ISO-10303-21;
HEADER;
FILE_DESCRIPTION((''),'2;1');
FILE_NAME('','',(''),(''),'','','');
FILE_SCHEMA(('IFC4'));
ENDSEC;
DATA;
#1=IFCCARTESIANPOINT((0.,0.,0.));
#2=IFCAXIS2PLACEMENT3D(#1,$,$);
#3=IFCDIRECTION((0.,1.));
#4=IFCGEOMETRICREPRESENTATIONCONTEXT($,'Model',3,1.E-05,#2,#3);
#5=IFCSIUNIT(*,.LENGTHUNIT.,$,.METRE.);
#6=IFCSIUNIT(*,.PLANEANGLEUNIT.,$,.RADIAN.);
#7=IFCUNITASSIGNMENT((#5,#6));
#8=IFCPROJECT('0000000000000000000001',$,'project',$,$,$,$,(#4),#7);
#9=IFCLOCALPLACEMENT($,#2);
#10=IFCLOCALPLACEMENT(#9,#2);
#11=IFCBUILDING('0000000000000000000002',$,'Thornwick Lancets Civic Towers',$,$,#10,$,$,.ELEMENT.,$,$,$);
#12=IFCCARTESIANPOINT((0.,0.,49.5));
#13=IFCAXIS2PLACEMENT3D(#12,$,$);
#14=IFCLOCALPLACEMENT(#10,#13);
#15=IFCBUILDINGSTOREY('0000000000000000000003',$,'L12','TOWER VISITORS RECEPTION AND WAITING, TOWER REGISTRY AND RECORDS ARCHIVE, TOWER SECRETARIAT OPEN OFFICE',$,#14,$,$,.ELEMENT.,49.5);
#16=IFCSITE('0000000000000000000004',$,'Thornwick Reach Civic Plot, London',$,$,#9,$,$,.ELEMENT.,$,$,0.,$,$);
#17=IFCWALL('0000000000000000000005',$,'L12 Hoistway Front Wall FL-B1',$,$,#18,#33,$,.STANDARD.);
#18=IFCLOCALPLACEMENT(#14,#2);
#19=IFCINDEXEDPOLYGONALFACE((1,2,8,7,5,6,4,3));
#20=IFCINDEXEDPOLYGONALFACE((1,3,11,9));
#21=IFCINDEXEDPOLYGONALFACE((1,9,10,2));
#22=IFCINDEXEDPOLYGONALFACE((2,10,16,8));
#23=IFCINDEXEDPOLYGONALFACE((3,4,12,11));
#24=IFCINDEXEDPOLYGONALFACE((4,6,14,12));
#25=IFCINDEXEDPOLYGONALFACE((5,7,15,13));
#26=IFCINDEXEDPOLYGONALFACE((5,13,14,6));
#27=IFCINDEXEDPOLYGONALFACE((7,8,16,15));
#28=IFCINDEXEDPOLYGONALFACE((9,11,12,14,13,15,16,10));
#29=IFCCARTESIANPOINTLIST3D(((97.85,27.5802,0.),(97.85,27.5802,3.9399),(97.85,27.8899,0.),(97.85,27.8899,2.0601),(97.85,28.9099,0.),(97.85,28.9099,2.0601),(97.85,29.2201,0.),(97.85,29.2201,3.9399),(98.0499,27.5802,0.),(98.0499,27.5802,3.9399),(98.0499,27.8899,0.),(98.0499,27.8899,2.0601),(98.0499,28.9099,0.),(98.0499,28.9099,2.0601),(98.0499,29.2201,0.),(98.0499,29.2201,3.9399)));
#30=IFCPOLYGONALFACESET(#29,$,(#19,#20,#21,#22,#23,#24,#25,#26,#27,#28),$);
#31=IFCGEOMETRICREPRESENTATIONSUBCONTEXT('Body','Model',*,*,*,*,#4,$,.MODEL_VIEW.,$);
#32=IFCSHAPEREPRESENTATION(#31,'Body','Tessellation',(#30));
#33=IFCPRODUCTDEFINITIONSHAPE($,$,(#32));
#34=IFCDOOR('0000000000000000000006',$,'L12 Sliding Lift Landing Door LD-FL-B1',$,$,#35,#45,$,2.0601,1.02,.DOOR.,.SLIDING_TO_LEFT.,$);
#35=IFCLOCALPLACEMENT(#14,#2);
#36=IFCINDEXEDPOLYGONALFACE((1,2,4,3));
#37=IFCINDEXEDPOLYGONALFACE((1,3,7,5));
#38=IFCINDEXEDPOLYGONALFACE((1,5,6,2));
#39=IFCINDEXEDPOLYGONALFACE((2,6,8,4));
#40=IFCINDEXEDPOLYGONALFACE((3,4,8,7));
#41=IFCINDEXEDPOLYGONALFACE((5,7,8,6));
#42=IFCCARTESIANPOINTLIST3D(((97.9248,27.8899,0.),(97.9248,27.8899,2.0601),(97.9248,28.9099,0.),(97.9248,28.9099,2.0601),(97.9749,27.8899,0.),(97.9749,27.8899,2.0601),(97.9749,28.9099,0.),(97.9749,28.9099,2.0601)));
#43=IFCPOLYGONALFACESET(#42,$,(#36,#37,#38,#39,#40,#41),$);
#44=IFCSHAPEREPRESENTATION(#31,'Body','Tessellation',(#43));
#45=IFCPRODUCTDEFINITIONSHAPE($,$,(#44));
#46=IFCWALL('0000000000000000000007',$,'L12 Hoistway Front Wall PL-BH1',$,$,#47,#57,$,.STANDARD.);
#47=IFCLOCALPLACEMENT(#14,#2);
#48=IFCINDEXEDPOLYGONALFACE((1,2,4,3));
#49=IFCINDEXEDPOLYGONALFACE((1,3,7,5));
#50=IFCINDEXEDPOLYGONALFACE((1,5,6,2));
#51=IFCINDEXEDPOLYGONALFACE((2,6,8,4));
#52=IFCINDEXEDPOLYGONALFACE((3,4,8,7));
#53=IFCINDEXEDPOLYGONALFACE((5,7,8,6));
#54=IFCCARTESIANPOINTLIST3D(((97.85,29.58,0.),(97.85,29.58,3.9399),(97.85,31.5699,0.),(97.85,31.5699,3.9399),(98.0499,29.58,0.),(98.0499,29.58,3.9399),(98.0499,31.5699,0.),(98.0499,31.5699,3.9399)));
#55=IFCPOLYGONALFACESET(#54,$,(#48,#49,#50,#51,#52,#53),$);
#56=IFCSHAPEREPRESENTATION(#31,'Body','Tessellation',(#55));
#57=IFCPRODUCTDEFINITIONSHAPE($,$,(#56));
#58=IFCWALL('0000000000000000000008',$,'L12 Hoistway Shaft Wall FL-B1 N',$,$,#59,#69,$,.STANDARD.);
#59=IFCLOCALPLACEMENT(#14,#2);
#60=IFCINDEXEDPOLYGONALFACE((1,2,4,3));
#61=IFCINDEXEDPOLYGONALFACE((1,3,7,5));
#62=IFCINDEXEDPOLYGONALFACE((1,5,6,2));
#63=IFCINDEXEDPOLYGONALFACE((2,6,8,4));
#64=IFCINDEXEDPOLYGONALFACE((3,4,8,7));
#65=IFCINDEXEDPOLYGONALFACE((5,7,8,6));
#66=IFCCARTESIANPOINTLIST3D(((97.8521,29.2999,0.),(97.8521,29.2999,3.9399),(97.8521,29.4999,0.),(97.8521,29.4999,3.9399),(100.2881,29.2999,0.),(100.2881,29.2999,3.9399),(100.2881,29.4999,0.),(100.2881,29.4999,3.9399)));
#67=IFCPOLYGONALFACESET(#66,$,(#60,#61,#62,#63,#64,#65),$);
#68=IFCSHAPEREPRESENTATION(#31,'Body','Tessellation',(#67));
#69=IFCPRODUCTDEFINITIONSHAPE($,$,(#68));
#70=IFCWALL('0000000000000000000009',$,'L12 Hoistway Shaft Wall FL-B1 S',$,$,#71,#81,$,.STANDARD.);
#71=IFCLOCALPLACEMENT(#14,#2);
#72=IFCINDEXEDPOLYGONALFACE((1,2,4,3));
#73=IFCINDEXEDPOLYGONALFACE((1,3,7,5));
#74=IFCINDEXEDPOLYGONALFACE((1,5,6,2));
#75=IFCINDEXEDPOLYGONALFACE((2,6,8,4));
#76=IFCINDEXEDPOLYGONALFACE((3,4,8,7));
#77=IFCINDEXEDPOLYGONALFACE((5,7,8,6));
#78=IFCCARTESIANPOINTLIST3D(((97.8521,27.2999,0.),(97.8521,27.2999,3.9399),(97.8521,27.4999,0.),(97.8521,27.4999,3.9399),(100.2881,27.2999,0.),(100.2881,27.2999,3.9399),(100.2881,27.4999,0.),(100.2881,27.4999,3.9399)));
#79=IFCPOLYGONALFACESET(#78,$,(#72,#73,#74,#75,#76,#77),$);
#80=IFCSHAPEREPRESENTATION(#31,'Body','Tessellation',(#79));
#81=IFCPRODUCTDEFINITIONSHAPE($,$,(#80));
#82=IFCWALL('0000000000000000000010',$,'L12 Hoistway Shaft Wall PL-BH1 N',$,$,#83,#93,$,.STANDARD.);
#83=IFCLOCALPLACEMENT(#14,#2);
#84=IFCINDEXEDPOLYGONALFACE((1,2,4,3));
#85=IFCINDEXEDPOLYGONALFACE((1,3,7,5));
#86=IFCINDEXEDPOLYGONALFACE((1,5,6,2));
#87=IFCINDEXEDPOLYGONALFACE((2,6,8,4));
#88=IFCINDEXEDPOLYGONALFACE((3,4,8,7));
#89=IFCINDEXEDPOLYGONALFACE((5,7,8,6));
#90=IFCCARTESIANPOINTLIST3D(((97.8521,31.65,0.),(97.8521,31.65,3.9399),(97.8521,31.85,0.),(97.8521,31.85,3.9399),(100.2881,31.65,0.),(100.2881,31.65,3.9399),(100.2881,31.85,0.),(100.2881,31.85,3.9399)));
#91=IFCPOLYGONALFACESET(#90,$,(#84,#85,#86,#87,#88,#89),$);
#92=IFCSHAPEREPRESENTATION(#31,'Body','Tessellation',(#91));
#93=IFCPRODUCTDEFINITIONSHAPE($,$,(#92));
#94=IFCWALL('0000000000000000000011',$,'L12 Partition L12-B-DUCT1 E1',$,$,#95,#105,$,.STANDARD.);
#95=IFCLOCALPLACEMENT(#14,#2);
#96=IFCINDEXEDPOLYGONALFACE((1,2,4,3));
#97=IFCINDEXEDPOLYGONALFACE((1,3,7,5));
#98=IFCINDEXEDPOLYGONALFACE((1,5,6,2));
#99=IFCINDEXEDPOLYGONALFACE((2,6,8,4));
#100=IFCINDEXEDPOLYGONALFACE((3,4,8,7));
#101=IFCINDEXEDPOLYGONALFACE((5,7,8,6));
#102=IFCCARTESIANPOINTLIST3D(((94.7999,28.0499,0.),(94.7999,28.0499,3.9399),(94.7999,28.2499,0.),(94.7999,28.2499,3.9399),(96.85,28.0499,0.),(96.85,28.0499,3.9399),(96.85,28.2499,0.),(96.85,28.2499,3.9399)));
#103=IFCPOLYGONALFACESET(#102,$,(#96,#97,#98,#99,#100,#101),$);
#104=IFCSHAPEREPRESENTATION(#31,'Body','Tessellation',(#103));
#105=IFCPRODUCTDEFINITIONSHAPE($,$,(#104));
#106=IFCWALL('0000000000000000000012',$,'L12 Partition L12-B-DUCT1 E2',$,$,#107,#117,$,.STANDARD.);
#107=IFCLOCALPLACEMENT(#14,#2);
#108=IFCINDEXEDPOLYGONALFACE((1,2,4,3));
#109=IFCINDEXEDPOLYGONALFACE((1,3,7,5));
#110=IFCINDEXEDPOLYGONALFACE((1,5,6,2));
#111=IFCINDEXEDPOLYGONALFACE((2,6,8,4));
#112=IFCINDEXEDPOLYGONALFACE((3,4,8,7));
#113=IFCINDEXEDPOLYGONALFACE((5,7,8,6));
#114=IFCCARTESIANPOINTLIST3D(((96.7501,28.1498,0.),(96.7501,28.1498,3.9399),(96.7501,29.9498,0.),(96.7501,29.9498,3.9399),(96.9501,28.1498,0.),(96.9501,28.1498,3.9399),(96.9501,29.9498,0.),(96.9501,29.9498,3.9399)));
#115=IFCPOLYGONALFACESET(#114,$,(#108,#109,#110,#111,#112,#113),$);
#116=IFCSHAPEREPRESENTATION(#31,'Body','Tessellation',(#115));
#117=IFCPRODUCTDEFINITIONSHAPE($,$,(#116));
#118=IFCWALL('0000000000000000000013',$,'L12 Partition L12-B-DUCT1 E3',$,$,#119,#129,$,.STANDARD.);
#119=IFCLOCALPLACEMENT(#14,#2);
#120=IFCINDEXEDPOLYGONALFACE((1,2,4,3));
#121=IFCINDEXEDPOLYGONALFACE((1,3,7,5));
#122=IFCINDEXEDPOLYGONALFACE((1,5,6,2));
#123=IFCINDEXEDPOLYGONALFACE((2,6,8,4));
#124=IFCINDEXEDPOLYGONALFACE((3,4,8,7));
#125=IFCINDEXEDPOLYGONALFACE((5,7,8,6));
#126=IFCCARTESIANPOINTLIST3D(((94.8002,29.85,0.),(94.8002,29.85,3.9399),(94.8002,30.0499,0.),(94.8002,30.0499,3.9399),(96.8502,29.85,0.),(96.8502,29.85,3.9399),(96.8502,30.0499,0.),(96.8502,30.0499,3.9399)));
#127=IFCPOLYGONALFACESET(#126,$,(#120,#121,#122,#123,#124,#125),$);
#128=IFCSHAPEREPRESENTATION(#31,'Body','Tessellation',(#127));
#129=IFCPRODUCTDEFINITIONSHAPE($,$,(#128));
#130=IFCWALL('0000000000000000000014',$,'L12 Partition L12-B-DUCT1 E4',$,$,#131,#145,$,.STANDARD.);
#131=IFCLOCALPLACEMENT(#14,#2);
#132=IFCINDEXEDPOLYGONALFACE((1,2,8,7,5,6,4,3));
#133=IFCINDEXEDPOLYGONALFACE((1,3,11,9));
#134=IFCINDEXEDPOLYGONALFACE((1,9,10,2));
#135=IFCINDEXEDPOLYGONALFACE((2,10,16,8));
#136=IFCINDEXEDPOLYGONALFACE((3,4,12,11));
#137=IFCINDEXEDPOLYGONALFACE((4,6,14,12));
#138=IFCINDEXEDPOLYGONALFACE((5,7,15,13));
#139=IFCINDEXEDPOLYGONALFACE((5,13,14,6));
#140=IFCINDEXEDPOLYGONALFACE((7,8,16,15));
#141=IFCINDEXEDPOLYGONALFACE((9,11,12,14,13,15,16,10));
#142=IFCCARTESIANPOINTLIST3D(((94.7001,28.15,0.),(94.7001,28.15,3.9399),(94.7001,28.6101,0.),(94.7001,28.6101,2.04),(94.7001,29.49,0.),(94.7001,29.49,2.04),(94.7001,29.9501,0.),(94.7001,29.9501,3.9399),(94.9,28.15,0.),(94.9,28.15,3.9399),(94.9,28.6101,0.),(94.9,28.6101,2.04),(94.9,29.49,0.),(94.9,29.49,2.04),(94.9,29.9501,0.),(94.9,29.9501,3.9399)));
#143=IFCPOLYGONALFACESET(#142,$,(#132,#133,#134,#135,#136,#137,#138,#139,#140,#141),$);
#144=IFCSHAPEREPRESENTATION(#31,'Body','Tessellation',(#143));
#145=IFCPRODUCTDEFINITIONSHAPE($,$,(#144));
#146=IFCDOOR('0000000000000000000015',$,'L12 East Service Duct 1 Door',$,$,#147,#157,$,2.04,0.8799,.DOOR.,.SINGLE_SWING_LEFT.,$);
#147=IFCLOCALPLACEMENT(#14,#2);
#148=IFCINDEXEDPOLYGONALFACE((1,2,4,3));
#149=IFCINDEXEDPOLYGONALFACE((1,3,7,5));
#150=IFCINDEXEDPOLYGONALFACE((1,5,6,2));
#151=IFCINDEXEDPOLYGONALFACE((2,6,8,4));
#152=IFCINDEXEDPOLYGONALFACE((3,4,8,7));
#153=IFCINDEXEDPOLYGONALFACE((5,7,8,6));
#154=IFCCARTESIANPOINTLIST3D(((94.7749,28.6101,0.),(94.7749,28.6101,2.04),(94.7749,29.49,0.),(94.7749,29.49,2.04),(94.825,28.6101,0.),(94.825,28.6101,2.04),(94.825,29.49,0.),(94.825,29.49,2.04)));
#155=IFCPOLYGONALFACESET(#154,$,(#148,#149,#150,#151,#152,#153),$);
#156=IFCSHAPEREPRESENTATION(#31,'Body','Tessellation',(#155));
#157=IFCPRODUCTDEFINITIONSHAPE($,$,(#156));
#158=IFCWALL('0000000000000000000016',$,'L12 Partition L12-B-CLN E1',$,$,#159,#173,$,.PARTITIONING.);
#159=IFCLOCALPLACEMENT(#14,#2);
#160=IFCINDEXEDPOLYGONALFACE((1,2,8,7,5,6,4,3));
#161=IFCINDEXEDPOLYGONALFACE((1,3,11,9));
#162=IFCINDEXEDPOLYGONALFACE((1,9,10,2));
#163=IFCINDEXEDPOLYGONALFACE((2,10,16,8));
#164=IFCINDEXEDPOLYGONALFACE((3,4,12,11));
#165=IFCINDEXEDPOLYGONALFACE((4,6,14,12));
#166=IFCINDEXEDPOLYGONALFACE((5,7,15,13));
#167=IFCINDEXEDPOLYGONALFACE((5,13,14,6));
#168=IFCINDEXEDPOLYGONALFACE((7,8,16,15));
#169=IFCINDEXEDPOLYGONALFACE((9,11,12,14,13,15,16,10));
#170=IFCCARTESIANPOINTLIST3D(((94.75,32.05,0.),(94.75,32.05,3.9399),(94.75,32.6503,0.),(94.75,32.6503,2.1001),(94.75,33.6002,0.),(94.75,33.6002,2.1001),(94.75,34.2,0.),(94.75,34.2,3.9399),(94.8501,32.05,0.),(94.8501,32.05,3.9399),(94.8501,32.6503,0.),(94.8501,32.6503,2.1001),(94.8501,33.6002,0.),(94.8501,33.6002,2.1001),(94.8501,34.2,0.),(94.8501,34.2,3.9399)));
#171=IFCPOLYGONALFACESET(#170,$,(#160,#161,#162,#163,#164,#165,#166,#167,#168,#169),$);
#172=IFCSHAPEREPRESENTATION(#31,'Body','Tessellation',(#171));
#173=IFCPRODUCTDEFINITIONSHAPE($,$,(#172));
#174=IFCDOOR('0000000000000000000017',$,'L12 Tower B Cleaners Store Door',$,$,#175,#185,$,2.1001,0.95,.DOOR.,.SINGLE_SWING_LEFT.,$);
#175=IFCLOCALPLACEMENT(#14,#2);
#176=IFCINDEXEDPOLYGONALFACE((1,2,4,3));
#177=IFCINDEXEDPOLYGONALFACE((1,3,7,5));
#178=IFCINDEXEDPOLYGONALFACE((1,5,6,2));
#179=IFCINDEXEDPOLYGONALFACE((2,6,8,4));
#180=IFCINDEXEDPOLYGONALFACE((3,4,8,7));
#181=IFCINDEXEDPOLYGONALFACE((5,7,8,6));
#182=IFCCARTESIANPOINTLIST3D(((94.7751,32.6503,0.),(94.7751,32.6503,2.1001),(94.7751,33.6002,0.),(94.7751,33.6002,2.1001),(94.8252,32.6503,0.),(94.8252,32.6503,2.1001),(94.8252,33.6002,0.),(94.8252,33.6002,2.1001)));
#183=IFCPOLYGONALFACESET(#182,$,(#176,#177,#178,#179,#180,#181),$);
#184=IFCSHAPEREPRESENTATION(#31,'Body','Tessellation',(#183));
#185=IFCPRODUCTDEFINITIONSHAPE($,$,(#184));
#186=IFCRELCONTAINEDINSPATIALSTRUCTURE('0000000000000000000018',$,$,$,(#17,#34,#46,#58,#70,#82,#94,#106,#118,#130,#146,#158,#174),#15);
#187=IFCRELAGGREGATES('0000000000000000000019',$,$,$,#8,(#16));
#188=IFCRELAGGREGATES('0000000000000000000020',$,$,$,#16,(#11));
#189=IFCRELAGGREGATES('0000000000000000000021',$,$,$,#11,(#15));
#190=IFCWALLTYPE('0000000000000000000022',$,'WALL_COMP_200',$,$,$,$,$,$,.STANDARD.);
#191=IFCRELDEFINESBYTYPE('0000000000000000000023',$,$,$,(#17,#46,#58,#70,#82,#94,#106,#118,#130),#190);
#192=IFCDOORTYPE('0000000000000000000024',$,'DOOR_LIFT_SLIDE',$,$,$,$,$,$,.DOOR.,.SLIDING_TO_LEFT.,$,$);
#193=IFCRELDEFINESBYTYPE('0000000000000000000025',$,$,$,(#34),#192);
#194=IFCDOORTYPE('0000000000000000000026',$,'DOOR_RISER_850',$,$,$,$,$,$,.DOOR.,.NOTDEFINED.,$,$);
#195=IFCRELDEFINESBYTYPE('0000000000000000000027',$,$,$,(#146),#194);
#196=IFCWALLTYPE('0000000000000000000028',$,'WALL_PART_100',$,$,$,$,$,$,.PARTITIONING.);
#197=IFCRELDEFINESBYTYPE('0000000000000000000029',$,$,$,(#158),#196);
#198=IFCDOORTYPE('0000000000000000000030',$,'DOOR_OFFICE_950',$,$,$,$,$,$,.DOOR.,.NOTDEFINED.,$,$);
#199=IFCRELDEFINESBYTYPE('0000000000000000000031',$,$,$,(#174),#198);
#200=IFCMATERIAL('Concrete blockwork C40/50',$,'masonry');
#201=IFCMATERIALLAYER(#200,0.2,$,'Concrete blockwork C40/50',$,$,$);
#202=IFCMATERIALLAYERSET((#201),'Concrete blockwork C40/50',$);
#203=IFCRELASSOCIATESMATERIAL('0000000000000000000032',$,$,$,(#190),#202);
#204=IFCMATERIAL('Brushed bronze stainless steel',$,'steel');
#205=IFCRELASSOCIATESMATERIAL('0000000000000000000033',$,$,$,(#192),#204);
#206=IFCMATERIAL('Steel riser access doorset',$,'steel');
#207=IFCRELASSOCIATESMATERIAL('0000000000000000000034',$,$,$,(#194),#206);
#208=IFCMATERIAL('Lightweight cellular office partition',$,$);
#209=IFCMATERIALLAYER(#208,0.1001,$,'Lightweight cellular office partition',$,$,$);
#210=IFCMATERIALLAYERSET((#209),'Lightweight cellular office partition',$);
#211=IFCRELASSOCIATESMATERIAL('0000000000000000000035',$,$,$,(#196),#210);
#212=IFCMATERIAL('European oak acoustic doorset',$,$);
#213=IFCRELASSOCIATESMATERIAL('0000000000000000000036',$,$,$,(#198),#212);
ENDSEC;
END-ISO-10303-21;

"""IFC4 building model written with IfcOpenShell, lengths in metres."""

from ifc_helpers import new_model, si_unit, direction, frame, frame_2d, origin, place, context, subcontext, project, spatial, rectangle, extrude, material, layer, layer_set, type_object, element, fill, save


model = new_model("IFC4")

# Units and contexts
model_context = context("Model", 3, precision=1e-05, world=origin(), true_north=direction((0.0, 1.0)))
body_context = subcontext(model_context, "Body", "Model", "MODEL_VIEW")
ifc_project = project(units=[si_unit("LENGTHUNIT", "METRE"), si_unit("PLANEANGLEUNIT", "RADIAN")], contexts=[model_context])

# Site, building, storey
site_placement = place(None, origin())
site = spatial("IfcSite", under=ifc_project, at=site_placement, Name="Thornwick Reach Civic Plot, London", CompositionType="ELEMENT", RefElevation=0.0)
building_placement = place(site_placement, origin())
building = spatial("IfcBuilding", under=site, at=building_placement, Name="Thornwick Lancets Civic Towers", CompositionType="ELEMENT")
storey_placement = place(building_placement, frame((0.0, 0.0, 49.5)))
storey = spatial("IfcBuildingStorey", under=building, at=storey_placement, Name="L12", Description="TOWER VISITORS RECEPTION AND WAITING, TOWER REGISTRY AND RECORDS ARCHIVE, TOWER SECRETARIAT OPEN OFFICE", CompositionType="ELEMENT", Elevation=49.5)

# Wall, opening, door
ifc_material_1 = material(Name="Concrete blockwork C40/50", Category="masonry")
ifc_layer_1 = layer(ifc_material_1, 0.2, Name="Concrete blockwork C40/50")
ifc_layer_set_1 = layer_set([ifc_layer_1], Name="Concrete blockwork C40/50")
wall_type_1 = type_object("IfcWallType", Name="WALL_COMP_200", PredefinedType="STANDARD", material=ifc_layer_set_1)
wall_1_placement = place(storey_placement, frame((97.95, 29.22, 0.0), z_axis=(0.0, 0.0, 1.0), x_axis=(0.0, -1.0, 0.0)))
wall_1 = element("IfcWall", 1, at=wall_1_placement, inside=storey, type_object=wall_type_1, Name="L12 Hoistway Front Wall FL-B1", PredefinedType="STANDARD", context=body_context, shape_type="SweptSolid", body=[
    extrude(rectangle(XDim=1.6399, YDim=0.2, at=frame_2d((0.8198, 0.0))), origin(), (0.0, 0.0, 1.0), 3.9399),
])
opening_1_placement = place(wall_1_placement, frame((0.3101, 0.0, 0.0)))
opening_1 = element("IfcOpeningElement", 2, at=opening_1_placement, cuts=wall_1, PredefinedType="OPENING", context=body_context, shape_type="SweptSolid", body=[
    extrude(rectangle(XDim=1.02, YDim=2.0601, at=frame_2d((0.51, 1.03))), frame((0.0, 0.1099, 0.0), z_axis=(0.0, -1.0, 0.0), x_axis=(1.0, 0.0, 0.0)), (0.0, 0.0, 1.0), 0.22),
])
ifc_material_2 = material(Name="Brushed bronze stainless steel", Category="steel")
door_type_1 = type_object("IfcDoorType", Name="DOOR_LIFT_SLIDE", OperationType="SLIDING_TO_LEFT", PredefinedType="DOOR", material=ifc_material_2)
door_1_placement = place(opening_1_placement, origin())
door_1 = element("IfcDoor", 3, at=door_1_placement, inside=storey, type_object=door_type_1, Name="L12 Sliding Lift Landing Door LD-FL-B1", OperationType="SLIDING_TO_LEFT", OverallHeight=2.0601, OverallWidth=1.02, PredefinedType="DOOR", context=body_context, shape_type="SweptSolid", body=[
    extrude(rectangle(XDim=1.02, YDim=2.0601, at=frame_2d((0.51, 1.03))), frame((0.0, 0.0249, 0.0), z_axis=(0.0, -1.0, 0.0), x_axis=(1.0, 0.0, 0.0)), (0.0, 0.0, 1.0), 0.05),
])
fill(opening_1, door_1)

# Walls
wall_2_placement = place(storey_placement, frame((97.95, 31.5701, 0.0), z_axis=(0.0, 0.0, 1.0), x_axis=(0.0, -1.0, 0.0)))
element("IfcWall", 4, at=wall_2_placement, inside=storey, type_object=wall_type_1, Name="L12 Hoistway Front Wall PL-BH1", PredefinedType="STANDARD", context=body_context, shape_type="SweptSolid", body=[
    extrude(rectangle(XDim=1.99, YDim=0.2, at=frame_2d((0.9951, 0.0))), origin(), (0.0, 0.0, 1.0), 3.9399),
])
for number, where, z_axis, x_axis, name in (
    (5, (97.8521, 29.3999, 0.0), (0.0, 0.0, 1.0), (1.0, 0.0, 0.0), "L12 Hoistway Shaft Wall FL-B1 N"),
    (6, (97.8521, 27.3999, 0.0), (0.0, 0.0, 1.0), (1.0, 0.0, 0.0), "L12 Hoistway Shaft Wall FL-B1 S"),
    (7, (97.8521, 31.75, 0.0), (0.0, 0.0, 1.0), (1.0, 0.0, 0.0), "L12 Hoistway Shaft Wall PL-BH1 N"),
):
    element("IfcWall", number, at=place(storey_placement, frame(where, z_axis=z_axis, x_axis=x_axis)), inside=storey, type_object=wall_type_1, Name=name, PredefinedType="STANDARD", context=body_context, shape_type="SweptSolid", body=[
        extrude(rectangle(XDim=2.436, YDim=0.2, at=frame_2d((1.218, 0.0))), origin(), (0.0, 0.0, 1.0), 3.9399),
    ])
wall_3_placement = place(storey_placement, frame((94.8, 28.1499, 0.0), z_axis=(0.0, 0.0, 1.0), x_axis=(1.0, 0.0, 0.0)))
element("IfcWall", 8, at=wall_3_placement, inside=storey, type_object=wall_type_1, Name="L12 Partition L12-B-DUCT1 E1", PredefinedType="STANDARD", context=body_context, shape_type="SweptSolid", body=[
    extrude(rectangle(XDim=2.05, YDim=0.2, at=frame_2d((1.0249, 0.0))), origin(), (0.0, 0.0, 1.0), 3.9399),
])
wall_4_placement = place(storey_placement, frame((96.8501, 28.1499, 0.0), z_axis=(0.0, 0.0, 1.0), x_axis=(0.0, 1.0, 0.0)))
element("IfcWall", 9, at=wall_4_placement, inside=storey, type_object=wall_type_1, Name="L12 Partition L12-B-DUCT1 E2", PredefinedType="STANDARD", context=body_context, shape_type="SweptSolid", body=[
    extrude(rectangle(XDim=1.8, YDim=0.2, at=frame_2d((0.8999, 0.0))), origin(), (0.0, 0.0, 1.0), 3.9399),
])
wall_5_placement = place(storey_placement, frame((96.8501, 29.95, 0.0), z_axis=(0.0, 0.0, 1.0), x_axis=(-1.0, 0.0, 0.0)))
element("IfcWall", 10, at=wall_5_placement, inside=storey, type_object=wall_type_1, Name="L12 Partition L12-B-DUCT1 E3", PredefinedType="STANDARD", context=body_context, shape_type="SweptSolid", body=[
    extrude(rectangle(XDim=2.05, YDim=0.2, at=frame_2d((1.0249, 0.0))), origin(), (0.0, 0.0, 1.0), 3.9399),
])

# Walls, openings, doors
wall_6_placement = place(storey_placement, frame((94.8, 29.95, 0.0), z_axis=(0.0, 0.0, 1.0), x_axis=(0.0, -1.0, 0.0)))
wall_6 = element("IfcWall", 11, at=wall_6_placement, inside=storey, type_object=wall_type_1, Name="L12 Partition L12-B-DUCT1 E4", PredefinedType="STANDARD", context=body_context, shape_type="SweptSolid", body=[
    extrude(rectangle(XDim=1.8, YDim=0.2, at=frame_2d((0.8999, 0.0))), origin(), (0.0, 0.0, 1.0), 3.9399),
])
opening_2_placement = place(wall_6_placement, frame((0.46, 0.0, 0.0)))
opening_2 = element("IfcOpeningElement", 12, at=opening_2_placement, cuts=wall_6, PredefinedType="OPENING", context=body_context, shape_type="SweptSolid", body=[
    extrude(rectangle(XDim=0.8799, YDim=2.04, at=frame_2d((0.4399, 1.02))), frame((0.0, 0.1099, 0.0), z_axis=(0.0, -1.0, 0.0), x_axis=(1.0, 0.0, 0.0)), (0.0, 0.0, 1.0), 0.22),
])
ifc_material_3 = material(Name="Steel riser access doorset", Category="steel")
door_type_2 = type_object("IfcDoorType", Name="DOOR_RISER_850", OperationType="NOTDEFINED", PredefinedType="DOOR", material=ifc_material_3)
door_2_placement = place(opening_2_placement, origin())
door_2 = element("IfcDoor", 13, at=door_2_placement, inside=storey, type_object=door_type_2, Name="L12 East Service Duct 1 Door", OperationType="SINGLE_SWING_LEFT", OverallHeight=2.04, OverallWidth=0.8799, PredefinedType="DOOR", context=body_context, shape_type="SweptSolid", body=[
    extrude(rectangle(XDim=0.8799, YDim=2.04, at=frame_2d((0.4399, 1.02))), frame((0.0, 0.0249, 0.0), z_axis=(0.0, -1.0, 0.0), x_axis=(1.0, 0.0, 0.0)), (0.0, 0.0, 1.0), 0.05),
])
fill(opening_2, door_2)
ifc_material_4 = material(Name="Lightweight cellular office partition")
ifc_layer_2 = layer(ifc_material_4, 0.1001, Name="Lightweight cellular office partition")
ifc_layer_set_2 = layer_set([ifc_layer_2], Name="Lightweight cellular office partition")
wall_type_2 = type_object("IfcWallType", Name="WALL_PART_100", PredefinedType="PARTITIONING", material=ifc_layer_set_2)
wall_7_placement = place(storey_placement, frame((94.8, 32.05, 0.0), z_axis=(0.0, 0.0, 1.0), x_axis=(0.0, 1.0, 0.0)))
wall_7 = element("IfcWall", 14, at=wall_7_placement, inside=storey, type_object=wall_type_2, Name="L12 Partition L12-B-CLN E1", PredefinedType="PARTITIONING", context=body_context, shape_type="SweptSolid", body=[
    extrude(rectangle(XDim=2.1499, YDim=0.1001, at=frame_2d((1.075, 0.0))), origin(), (0.0, 0.0, 1.0), 3.9399),
])
opening_3_placement = place(wall_7_placement, frame((0.6001, 0.0, 0.0)))
opening_3 = element("IfcOpeningElement", 15, at=opening_3_placement, cuts=wall_7, PredefinedType="OPENING", context=body_context, shape_type="SweptSolid", body=[
    extrude(rectangle(XDim=0.95, YDim=2.1001, at=frame_2d((0.4751, 1.05))), frame((0.0, 0.0601, 0.0), z_axis=(0.0, -1.0, 0.0), x_axis=(1.0, 0.0, 0.0)), (0.0, 0.0, 1.0), 0.1201),
])
ifc_material_5 = material(Name="European oak acoustic doorset")
door_type_3 = type_object("IfcDoorType", Name="DOOR_OFFICE_950", OperationType="NOTDEFINED", PredefinedType="DOOR", material=ifc_material_5)
door_3_placement = place(opening_3_placement, origin())
door_3 = element("IfcDoor", 16, at=door_3_placement, inside=storey, type_object=door_type_3, Name="L12 Tower B Cleaners Store Door", OperationType="SINGLE_SWING_LEFT", OverallHeight=2.1001, OverallWidth=0.95, PredefinedType="DOOR", context=body_context, shape_type="SweptSolid", body=[
    extrude(rectangle(XDim=0.95, YDim=2.1001, at=frame_2d((0.4751, 1.05))), frame((0.0, 0.0249, 0.0), z_axis=(0.0, -1.0, 0.0), x_axis=(1.0, 0.0, 0.0)), (0.0, 0.0, 1.0), 0.05),
])
fill(opening_3, door_3)

save(model, "model.ifc")
